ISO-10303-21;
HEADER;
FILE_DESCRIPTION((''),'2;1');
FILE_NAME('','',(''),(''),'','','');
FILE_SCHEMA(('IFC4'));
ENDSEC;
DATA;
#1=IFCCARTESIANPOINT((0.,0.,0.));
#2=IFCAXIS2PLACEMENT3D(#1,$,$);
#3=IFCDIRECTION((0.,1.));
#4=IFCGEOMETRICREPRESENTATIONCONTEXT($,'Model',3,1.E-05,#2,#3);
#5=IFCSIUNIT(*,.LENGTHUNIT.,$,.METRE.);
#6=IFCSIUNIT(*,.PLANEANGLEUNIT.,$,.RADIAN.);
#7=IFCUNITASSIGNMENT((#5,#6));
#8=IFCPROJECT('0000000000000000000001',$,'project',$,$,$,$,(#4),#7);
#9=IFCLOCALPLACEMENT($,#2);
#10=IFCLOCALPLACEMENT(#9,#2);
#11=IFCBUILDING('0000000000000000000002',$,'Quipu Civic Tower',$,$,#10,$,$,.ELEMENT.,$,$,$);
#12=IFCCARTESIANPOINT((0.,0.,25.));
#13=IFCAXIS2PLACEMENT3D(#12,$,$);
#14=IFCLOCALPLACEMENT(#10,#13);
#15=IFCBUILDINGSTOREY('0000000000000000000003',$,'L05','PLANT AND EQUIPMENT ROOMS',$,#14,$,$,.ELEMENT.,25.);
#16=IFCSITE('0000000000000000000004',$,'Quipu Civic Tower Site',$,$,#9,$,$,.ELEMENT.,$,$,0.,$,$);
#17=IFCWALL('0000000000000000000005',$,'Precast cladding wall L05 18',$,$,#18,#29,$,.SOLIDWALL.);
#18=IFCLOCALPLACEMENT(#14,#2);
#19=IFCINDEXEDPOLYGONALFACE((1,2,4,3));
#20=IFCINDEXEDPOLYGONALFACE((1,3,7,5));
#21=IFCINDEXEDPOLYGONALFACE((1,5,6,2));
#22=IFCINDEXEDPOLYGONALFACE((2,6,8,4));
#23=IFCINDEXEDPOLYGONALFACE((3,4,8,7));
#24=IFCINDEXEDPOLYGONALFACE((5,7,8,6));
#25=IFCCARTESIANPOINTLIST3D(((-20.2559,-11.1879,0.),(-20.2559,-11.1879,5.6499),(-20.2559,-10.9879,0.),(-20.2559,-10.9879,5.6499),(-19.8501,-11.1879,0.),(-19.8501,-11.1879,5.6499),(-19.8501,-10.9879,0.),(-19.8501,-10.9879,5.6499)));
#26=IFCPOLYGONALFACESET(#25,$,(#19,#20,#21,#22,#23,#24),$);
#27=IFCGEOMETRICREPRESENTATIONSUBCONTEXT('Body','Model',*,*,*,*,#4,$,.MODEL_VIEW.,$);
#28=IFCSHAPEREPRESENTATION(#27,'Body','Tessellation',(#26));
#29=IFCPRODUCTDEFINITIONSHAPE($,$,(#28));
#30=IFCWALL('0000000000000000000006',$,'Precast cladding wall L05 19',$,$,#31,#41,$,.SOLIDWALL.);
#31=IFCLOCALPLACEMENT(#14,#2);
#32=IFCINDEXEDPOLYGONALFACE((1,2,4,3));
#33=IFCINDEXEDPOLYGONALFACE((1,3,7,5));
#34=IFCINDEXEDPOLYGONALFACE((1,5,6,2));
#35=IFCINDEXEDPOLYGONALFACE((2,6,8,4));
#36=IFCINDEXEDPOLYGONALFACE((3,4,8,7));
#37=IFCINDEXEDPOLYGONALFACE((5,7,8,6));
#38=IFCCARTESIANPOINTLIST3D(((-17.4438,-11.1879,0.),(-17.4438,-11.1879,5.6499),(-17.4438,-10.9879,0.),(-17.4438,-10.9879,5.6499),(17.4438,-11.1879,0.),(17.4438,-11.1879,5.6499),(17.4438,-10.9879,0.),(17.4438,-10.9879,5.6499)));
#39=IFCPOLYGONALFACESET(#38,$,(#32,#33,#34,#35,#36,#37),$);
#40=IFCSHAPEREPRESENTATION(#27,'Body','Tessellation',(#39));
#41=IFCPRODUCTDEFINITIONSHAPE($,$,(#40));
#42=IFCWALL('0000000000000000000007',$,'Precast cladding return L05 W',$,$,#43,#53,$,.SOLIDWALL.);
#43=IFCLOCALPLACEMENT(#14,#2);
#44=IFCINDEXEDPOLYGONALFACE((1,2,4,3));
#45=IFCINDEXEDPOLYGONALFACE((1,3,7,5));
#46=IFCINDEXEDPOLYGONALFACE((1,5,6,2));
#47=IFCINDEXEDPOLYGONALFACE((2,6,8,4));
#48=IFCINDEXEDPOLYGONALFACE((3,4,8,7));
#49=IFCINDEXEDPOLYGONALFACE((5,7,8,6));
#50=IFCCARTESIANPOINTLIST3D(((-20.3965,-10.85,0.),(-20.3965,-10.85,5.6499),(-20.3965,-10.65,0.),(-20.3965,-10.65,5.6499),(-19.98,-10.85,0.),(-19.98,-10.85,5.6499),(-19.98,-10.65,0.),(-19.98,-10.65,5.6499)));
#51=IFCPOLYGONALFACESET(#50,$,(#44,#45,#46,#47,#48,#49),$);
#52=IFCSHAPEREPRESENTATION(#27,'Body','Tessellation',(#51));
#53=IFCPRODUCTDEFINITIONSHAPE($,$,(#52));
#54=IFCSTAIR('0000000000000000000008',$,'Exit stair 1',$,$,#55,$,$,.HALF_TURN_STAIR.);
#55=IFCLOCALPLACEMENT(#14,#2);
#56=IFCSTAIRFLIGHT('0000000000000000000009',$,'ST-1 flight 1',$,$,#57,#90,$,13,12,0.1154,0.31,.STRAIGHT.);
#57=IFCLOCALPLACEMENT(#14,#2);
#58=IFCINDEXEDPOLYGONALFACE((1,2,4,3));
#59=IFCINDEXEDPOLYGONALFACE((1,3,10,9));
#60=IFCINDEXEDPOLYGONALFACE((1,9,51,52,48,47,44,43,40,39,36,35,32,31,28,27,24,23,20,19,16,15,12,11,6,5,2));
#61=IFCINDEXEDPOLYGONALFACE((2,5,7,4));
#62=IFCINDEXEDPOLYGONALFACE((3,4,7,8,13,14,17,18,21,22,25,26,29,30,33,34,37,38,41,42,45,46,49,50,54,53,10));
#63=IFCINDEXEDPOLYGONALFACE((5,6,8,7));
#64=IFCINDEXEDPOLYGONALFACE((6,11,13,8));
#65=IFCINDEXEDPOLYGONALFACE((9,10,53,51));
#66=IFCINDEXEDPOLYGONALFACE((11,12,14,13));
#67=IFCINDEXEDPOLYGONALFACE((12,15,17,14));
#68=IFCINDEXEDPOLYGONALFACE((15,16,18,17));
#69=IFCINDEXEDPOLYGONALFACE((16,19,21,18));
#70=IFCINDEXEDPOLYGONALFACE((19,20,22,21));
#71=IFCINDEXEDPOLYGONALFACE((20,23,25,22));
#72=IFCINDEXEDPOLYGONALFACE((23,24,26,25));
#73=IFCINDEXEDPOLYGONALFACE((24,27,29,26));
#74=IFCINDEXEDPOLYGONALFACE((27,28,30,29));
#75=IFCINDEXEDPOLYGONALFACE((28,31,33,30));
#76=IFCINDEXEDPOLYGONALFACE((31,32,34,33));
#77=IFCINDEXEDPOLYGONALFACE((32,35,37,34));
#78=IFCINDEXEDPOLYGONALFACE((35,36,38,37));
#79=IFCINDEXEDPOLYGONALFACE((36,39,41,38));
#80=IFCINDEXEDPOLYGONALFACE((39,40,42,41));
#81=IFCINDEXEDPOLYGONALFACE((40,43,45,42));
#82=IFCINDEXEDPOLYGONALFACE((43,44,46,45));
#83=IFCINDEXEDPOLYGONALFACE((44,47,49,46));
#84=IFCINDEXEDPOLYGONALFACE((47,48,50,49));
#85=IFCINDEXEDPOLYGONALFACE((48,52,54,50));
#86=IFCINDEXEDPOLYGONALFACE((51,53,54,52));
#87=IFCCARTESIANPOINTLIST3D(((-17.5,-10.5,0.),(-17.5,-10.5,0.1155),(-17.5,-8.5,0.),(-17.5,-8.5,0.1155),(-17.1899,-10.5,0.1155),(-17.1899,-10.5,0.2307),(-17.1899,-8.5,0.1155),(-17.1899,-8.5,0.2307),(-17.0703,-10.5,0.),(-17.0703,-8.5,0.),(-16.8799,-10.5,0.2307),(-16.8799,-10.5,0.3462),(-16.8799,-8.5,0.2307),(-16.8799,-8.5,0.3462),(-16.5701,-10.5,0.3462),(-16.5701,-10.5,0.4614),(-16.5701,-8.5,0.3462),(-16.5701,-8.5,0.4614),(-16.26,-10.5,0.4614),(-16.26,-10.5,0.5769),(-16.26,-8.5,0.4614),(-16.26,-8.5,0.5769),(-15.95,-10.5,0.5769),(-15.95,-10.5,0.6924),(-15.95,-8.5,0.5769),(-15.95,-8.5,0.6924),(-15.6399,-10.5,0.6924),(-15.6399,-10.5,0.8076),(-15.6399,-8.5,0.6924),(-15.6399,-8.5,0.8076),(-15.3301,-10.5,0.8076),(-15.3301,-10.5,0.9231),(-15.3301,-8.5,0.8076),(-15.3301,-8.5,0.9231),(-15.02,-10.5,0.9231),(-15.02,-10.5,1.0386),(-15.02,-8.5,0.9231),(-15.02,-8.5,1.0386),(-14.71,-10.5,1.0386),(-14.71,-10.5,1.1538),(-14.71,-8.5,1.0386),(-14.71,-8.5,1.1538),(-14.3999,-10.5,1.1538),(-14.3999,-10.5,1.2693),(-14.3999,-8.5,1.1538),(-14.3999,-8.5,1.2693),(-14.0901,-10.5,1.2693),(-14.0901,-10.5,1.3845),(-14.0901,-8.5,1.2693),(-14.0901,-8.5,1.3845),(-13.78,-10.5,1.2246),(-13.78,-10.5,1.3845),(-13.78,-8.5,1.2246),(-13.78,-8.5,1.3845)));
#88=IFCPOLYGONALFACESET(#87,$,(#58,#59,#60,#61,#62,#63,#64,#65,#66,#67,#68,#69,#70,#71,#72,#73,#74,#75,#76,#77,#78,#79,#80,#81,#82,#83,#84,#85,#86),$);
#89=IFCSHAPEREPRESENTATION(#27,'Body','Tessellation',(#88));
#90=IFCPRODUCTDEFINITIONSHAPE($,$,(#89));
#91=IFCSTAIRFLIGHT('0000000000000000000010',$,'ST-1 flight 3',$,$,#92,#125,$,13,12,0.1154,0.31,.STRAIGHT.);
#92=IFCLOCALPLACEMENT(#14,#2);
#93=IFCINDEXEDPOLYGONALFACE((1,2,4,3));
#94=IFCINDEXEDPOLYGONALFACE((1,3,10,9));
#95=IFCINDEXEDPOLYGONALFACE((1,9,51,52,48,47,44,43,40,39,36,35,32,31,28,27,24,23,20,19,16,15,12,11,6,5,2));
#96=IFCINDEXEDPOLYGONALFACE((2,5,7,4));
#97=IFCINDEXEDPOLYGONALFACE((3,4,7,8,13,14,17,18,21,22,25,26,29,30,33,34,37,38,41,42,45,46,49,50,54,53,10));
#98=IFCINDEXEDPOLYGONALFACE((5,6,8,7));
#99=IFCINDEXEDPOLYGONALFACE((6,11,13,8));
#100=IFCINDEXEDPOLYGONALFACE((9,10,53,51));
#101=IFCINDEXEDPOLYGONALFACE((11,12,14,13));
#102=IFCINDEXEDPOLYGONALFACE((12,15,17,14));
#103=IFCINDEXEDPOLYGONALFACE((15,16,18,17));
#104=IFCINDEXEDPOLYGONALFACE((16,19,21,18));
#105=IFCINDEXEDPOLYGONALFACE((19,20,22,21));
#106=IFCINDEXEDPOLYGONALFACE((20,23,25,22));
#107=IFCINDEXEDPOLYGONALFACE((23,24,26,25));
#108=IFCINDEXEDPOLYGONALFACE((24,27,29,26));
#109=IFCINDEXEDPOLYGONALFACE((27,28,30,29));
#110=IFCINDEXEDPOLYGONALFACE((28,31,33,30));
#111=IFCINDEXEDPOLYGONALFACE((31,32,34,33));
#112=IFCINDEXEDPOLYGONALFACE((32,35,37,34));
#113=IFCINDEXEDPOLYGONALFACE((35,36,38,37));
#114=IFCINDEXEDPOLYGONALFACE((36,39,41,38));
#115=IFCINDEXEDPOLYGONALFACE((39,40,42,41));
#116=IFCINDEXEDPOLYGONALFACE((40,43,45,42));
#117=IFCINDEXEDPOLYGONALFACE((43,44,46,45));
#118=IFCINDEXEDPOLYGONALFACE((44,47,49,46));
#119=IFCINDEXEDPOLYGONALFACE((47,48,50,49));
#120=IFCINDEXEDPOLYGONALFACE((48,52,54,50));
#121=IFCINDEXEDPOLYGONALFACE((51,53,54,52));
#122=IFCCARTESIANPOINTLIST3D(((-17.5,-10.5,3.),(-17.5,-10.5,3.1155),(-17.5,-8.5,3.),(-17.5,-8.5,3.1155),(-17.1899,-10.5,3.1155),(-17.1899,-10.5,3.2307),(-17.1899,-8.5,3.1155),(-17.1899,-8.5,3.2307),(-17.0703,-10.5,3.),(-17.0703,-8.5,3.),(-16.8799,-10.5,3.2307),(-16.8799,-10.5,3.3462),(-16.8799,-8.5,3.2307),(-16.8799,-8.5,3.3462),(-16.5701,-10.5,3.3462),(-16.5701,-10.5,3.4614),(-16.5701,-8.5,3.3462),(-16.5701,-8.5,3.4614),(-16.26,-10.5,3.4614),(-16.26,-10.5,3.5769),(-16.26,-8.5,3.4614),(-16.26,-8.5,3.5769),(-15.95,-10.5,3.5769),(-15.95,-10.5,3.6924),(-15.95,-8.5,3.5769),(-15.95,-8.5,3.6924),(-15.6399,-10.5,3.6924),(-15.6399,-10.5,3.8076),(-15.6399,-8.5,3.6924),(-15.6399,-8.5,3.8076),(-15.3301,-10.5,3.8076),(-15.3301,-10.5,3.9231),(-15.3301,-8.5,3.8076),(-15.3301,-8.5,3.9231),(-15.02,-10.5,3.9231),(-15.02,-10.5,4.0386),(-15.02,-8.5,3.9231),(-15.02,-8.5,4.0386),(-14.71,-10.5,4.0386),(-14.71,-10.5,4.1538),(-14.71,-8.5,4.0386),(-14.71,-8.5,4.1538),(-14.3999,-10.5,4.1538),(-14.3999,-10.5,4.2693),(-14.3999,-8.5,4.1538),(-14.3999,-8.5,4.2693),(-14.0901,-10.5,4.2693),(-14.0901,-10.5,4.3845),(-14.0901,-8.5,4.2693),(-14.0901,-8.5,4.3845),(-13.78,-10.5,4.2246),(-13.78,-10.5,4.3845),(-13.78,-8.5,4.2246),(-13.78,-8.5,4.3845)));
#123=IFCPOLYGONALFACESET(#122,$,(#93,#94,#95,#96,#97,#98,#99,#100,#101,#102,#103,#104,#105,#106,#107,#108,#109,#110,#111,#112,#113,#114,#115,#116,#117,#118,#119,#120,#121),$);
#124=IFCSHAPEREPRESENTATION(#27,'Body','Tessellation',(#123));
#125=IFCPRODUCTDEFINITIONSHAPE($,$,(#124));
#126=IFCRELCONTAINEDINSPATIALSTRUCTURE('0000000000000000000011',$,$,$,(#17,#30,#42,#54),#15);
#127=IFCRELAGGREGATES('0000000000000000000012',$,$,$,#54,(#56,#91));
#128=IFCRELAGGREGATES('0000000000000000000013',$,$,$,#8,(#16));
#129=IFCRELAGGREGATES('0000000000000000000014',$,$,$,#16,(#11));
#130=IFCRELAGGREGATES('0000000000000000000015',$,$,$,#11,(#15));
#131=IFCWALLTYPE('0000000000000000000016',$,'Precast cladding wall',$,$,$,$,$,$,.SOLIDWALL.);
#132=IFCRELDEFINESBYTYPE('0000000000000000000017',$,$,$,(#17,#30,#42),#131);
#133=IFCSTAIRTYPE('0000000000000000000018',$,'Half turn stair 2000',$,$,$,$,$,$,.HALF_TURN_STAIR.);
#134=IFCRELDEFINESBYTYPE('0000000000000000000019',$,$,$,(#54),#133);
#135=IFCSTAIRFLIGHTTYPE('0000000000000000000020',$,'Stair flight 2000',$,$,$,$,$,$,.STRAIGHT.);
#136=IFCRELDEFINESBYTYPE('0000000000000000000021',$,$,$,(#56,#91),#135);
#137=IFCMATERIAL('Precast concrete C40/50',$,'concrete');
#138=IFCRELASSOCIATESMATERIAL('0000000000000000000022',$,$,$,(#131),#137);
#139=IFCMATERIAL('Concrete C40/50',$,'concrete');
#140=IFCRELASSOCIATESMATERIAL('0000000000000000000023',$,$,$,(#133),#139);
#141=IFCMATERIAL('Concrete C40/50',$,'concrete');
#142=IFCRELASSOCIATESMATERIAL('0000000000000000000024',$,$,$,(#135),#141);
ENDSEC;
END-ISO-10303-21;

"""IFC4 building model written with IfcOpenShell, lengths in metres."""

from ifc_helpers import new_model, si_unit, direction, frame, frame_2d, origin, place, context, subcontext, project, spatial, polyline, rectangle, outline, extrude, material, type_object, element, aggregate, save


model = new_model("IFC4")

# Units and contexts
model_context = context("Model", 3, precision=1e-05, world=origin(), true_north=direction((0.0, 1.0)))
body_context = subcontext(model_context, "Body", "Model", "MODEL_VIEW")
ifc_project = project(units=[si_unit("LENGTHUNIT", "METRE"), si_unit("PLANEANGLEUNIT", "RADIAN")], contexts=[model_context])

# Site, building, storey
site_placement = place(None, origin())
site = spatial("IfcSite", under=ifc_project, at=site_placement, Name="Quipu Civic Tower Site", CompositionType="ELEMENT", RefElevation=0.0)
building_placement = place(site_placement, origin())
building = spatial("IfcBuilding", under=site, at=building_placement, Name="Quipu Civic Tower", CompositionType="ELEMENT")
storey_placement = place(building_placement, frame((0.0, 0.0, 25.0)))
storey = spatial("IfcBuildingStorey", under=building, at=storey_placement, Name="L05", Description="PLANT AND EQUIPMENT ROOMS", CompositionType="ELEMENT", Elevation=25.0)

# Walls
ifc_material_1 = material(Name="Precast concrete C40/50", Category="concrete")
wall_type_1 = type_object("IfcWallType", Name="Precast cladding wall", PredefinedType="SOLIDWALL", material=ifc_material_1)
wall_1_placement = place(storey_placement, frame((-20.2559, -11.0879, 0.0), z_axis=(0.0, 0.0, 1.0), x_axis=(1.0, 0.0, 0.0)))
element("IfcWall", 1, at=wall_1_placement, inside=storey, type_object=wall_type_1, Name="Precast cladding wall L05 18", PredefinedType="SOLIDWALL", context=body_context, shape_type="SweptSolid", body=[
    extrude(rectangle(XDim=0.4058, YDim=0.2, at=frame_2d((0.2029, 0.0))), origin(), (0.0, 0.0, 1.0), 5.6499),
])
wall_2_placement = place(storey_placement, frame((-17.4438, -11.0879, 0.0), z_axis=(0.0, 0.0, 1.0), x_axis=(1.0, 0.0, 0.0)))
element("IfcWall", 2, at=wall_2_placement, inside=storey, type_object=wall_type_1, Name="Precast cladding wall L05 19", PredefinedType="SOLIDWALL", context=body_context, shape_type="SweptSolid", body=[
    extrude(rectangle(XDim=34.8877, YDim=0.2, at=frame_2d((17.4438, 0.0))), origin(), (0.0, 0.0, 1.0), 5.6499),
])
wall_3_placement = place(storey_placement, frame((-19.98, -10.75, 0.0), z_axis=(0.0, 0.0, 1.0), x_axis=(-1.0, 0.0, 0.0)))
element("IfcWall", 3, at=wall_3_placement, inside=storey, type_object=wall_type_1, Name="Precast cladding return L05 W", PredefinedType="SOLIDWALL", context=body_context, shape_type="SweptSolid", body=[
    extrude(rectangle(XDim=0.4165, YDim=0.2, at=frame_2d((0.2083, 0.0))), origin(), (0.0, 0.0, 1.0), 5.6499),
])

# Stair, stair flights
ifc_material_2 = material(Name="Concrete C40/50", Category="concrete")
stair_type = type_object("IfcStairType", Name="Half turn stair 2000", PredefinedType="HALF_TURN_STAIR", material=ifc_material_2)
stair_placement = place(storey_placement, origin())
stair = element("IfcStair", 4, at=stair_placement, inside=storey, type_object=stair_type, Name="Exit stair 1", PredefinedType="HALF_TURN_STAIR")
ifc_material_3 = material(Name="Concrete C40/50", Category="concrete")
stair_flight_type = type_object("IfcStairFlightType", Name="Stair flight 2000", PredefinedType="STRAIGHT", material=ifc_material_3)
stair_flight_1_placement = place(storey_placement, frame((-17.5, -9.5, 0.0), z_axis=(0.0, 0.0, 1.0), x_axis=(1.0, 0.0, 0.0)))
stair_flight_1 = element("IfcStairFlight", 5, at=stair_flight_1_placement, type_object=stair_flight_type, Name="ST-1 flight 1", NumberOfRisers=13, NumberOfTreads=12, PredefinedType="STRAIGHT", RiserHeight=0.1154, TreadLength=0.31, context=body_context, shape_type="SweptSolid", body=[
    extrude(outline(polyline([(0.0, 0.0), (0.0, 0.1155), (0.3101, 0.1155), (0.3101, 0.2307), (0.6201, 0.2307), (0.6201, 0.3462), (0.9299, 0.3462), (0.9299, 0.4614), (1.24, 0.4614), (1.24, 0.5769), (1.55, 0.5769), (1.55, 0.6924), (1.8601, 0.6924), (1.8601, 0.8076), (2.1699, 0.8076), (2.1699, 0.9231), (2.48, 0.9231), (2.48, 1.0386), (2.79, 1.0386), (2.79, 1.1538), (3.1001, 1.1538), (3.1001, 1.2693), (3.4099, 1.2693), (3.4099, 1.3845), (3.72, 1.3845), (3.72, 1.5), (3.72, 1.2246), (0.4297, 0.0), (0.0, 0.0)])), frame((0.0, 1.0, 0.0), z_axis=(0.0, -1.0, 0.0), x_axis=(1.0, 0.0, 0.0)), (0.0, 0.0, 1.0), 2.0),
])
stair_flight_2_placement = place(storey_placement, frame((-17.5, -9.5, 3.0), z_axis=(0.0, 0.0, 1.0), x_axis=(1.0, 0.0, 0.0)))
stair_flight_2 = element("IfcStairFlight", 6, at=stair_flight_2_placement, type_object=stair_flight_type, Name="ST-1 flight 3", NumberOfRisers=13, NumberOfTreads=12, PredefinedType="STRAIGHT", RiserHeight=0.1154, TreadLength=0.31, context=body_context, shape_type="SweptSolid", body=[
    extrude(outline(polyline([(0.0, 0.0), (0.0, 0.1155), (0.3101, 0.1155), (0.3101, 0.2307), (0.6201, 0.2307), (0.6201, 0.3462), (0.9299, 0.3462), (0.9299, 0.4614), (1.24, 0.4614), (1.24, 0.5769), (1.55, 0.5769), (1.55, 0.6924), (1.8601, 0.6924), (1.8601, 0.8076), (2.1699, 0.8076), (2.1699, 0.9231), (2.48, 0.9231), (2.48, 1.0386), (2.79, 1.0386), (2.79, 1.1538), (3.1001, 1.1538), (3.1001, 1.2693), (3.4099, 1.2693), (3.4099, 1.3845), (3.72, 1.3845), (3.72, 1.5), (3.72, 1.2246), (0.4297, 0.0), (0.0, 0.0)])), frame((0.0, 1.0, 0.0), z_axis=(0.0, -1.0, 0.0), x_axis=(1.0, 0.0, 0.0)), (0.0, 0.0, 1.0), 2.0),
])
aggregate(stair, [stair_flight_1, stair_flight_2])

save(model, "model.ifc")
